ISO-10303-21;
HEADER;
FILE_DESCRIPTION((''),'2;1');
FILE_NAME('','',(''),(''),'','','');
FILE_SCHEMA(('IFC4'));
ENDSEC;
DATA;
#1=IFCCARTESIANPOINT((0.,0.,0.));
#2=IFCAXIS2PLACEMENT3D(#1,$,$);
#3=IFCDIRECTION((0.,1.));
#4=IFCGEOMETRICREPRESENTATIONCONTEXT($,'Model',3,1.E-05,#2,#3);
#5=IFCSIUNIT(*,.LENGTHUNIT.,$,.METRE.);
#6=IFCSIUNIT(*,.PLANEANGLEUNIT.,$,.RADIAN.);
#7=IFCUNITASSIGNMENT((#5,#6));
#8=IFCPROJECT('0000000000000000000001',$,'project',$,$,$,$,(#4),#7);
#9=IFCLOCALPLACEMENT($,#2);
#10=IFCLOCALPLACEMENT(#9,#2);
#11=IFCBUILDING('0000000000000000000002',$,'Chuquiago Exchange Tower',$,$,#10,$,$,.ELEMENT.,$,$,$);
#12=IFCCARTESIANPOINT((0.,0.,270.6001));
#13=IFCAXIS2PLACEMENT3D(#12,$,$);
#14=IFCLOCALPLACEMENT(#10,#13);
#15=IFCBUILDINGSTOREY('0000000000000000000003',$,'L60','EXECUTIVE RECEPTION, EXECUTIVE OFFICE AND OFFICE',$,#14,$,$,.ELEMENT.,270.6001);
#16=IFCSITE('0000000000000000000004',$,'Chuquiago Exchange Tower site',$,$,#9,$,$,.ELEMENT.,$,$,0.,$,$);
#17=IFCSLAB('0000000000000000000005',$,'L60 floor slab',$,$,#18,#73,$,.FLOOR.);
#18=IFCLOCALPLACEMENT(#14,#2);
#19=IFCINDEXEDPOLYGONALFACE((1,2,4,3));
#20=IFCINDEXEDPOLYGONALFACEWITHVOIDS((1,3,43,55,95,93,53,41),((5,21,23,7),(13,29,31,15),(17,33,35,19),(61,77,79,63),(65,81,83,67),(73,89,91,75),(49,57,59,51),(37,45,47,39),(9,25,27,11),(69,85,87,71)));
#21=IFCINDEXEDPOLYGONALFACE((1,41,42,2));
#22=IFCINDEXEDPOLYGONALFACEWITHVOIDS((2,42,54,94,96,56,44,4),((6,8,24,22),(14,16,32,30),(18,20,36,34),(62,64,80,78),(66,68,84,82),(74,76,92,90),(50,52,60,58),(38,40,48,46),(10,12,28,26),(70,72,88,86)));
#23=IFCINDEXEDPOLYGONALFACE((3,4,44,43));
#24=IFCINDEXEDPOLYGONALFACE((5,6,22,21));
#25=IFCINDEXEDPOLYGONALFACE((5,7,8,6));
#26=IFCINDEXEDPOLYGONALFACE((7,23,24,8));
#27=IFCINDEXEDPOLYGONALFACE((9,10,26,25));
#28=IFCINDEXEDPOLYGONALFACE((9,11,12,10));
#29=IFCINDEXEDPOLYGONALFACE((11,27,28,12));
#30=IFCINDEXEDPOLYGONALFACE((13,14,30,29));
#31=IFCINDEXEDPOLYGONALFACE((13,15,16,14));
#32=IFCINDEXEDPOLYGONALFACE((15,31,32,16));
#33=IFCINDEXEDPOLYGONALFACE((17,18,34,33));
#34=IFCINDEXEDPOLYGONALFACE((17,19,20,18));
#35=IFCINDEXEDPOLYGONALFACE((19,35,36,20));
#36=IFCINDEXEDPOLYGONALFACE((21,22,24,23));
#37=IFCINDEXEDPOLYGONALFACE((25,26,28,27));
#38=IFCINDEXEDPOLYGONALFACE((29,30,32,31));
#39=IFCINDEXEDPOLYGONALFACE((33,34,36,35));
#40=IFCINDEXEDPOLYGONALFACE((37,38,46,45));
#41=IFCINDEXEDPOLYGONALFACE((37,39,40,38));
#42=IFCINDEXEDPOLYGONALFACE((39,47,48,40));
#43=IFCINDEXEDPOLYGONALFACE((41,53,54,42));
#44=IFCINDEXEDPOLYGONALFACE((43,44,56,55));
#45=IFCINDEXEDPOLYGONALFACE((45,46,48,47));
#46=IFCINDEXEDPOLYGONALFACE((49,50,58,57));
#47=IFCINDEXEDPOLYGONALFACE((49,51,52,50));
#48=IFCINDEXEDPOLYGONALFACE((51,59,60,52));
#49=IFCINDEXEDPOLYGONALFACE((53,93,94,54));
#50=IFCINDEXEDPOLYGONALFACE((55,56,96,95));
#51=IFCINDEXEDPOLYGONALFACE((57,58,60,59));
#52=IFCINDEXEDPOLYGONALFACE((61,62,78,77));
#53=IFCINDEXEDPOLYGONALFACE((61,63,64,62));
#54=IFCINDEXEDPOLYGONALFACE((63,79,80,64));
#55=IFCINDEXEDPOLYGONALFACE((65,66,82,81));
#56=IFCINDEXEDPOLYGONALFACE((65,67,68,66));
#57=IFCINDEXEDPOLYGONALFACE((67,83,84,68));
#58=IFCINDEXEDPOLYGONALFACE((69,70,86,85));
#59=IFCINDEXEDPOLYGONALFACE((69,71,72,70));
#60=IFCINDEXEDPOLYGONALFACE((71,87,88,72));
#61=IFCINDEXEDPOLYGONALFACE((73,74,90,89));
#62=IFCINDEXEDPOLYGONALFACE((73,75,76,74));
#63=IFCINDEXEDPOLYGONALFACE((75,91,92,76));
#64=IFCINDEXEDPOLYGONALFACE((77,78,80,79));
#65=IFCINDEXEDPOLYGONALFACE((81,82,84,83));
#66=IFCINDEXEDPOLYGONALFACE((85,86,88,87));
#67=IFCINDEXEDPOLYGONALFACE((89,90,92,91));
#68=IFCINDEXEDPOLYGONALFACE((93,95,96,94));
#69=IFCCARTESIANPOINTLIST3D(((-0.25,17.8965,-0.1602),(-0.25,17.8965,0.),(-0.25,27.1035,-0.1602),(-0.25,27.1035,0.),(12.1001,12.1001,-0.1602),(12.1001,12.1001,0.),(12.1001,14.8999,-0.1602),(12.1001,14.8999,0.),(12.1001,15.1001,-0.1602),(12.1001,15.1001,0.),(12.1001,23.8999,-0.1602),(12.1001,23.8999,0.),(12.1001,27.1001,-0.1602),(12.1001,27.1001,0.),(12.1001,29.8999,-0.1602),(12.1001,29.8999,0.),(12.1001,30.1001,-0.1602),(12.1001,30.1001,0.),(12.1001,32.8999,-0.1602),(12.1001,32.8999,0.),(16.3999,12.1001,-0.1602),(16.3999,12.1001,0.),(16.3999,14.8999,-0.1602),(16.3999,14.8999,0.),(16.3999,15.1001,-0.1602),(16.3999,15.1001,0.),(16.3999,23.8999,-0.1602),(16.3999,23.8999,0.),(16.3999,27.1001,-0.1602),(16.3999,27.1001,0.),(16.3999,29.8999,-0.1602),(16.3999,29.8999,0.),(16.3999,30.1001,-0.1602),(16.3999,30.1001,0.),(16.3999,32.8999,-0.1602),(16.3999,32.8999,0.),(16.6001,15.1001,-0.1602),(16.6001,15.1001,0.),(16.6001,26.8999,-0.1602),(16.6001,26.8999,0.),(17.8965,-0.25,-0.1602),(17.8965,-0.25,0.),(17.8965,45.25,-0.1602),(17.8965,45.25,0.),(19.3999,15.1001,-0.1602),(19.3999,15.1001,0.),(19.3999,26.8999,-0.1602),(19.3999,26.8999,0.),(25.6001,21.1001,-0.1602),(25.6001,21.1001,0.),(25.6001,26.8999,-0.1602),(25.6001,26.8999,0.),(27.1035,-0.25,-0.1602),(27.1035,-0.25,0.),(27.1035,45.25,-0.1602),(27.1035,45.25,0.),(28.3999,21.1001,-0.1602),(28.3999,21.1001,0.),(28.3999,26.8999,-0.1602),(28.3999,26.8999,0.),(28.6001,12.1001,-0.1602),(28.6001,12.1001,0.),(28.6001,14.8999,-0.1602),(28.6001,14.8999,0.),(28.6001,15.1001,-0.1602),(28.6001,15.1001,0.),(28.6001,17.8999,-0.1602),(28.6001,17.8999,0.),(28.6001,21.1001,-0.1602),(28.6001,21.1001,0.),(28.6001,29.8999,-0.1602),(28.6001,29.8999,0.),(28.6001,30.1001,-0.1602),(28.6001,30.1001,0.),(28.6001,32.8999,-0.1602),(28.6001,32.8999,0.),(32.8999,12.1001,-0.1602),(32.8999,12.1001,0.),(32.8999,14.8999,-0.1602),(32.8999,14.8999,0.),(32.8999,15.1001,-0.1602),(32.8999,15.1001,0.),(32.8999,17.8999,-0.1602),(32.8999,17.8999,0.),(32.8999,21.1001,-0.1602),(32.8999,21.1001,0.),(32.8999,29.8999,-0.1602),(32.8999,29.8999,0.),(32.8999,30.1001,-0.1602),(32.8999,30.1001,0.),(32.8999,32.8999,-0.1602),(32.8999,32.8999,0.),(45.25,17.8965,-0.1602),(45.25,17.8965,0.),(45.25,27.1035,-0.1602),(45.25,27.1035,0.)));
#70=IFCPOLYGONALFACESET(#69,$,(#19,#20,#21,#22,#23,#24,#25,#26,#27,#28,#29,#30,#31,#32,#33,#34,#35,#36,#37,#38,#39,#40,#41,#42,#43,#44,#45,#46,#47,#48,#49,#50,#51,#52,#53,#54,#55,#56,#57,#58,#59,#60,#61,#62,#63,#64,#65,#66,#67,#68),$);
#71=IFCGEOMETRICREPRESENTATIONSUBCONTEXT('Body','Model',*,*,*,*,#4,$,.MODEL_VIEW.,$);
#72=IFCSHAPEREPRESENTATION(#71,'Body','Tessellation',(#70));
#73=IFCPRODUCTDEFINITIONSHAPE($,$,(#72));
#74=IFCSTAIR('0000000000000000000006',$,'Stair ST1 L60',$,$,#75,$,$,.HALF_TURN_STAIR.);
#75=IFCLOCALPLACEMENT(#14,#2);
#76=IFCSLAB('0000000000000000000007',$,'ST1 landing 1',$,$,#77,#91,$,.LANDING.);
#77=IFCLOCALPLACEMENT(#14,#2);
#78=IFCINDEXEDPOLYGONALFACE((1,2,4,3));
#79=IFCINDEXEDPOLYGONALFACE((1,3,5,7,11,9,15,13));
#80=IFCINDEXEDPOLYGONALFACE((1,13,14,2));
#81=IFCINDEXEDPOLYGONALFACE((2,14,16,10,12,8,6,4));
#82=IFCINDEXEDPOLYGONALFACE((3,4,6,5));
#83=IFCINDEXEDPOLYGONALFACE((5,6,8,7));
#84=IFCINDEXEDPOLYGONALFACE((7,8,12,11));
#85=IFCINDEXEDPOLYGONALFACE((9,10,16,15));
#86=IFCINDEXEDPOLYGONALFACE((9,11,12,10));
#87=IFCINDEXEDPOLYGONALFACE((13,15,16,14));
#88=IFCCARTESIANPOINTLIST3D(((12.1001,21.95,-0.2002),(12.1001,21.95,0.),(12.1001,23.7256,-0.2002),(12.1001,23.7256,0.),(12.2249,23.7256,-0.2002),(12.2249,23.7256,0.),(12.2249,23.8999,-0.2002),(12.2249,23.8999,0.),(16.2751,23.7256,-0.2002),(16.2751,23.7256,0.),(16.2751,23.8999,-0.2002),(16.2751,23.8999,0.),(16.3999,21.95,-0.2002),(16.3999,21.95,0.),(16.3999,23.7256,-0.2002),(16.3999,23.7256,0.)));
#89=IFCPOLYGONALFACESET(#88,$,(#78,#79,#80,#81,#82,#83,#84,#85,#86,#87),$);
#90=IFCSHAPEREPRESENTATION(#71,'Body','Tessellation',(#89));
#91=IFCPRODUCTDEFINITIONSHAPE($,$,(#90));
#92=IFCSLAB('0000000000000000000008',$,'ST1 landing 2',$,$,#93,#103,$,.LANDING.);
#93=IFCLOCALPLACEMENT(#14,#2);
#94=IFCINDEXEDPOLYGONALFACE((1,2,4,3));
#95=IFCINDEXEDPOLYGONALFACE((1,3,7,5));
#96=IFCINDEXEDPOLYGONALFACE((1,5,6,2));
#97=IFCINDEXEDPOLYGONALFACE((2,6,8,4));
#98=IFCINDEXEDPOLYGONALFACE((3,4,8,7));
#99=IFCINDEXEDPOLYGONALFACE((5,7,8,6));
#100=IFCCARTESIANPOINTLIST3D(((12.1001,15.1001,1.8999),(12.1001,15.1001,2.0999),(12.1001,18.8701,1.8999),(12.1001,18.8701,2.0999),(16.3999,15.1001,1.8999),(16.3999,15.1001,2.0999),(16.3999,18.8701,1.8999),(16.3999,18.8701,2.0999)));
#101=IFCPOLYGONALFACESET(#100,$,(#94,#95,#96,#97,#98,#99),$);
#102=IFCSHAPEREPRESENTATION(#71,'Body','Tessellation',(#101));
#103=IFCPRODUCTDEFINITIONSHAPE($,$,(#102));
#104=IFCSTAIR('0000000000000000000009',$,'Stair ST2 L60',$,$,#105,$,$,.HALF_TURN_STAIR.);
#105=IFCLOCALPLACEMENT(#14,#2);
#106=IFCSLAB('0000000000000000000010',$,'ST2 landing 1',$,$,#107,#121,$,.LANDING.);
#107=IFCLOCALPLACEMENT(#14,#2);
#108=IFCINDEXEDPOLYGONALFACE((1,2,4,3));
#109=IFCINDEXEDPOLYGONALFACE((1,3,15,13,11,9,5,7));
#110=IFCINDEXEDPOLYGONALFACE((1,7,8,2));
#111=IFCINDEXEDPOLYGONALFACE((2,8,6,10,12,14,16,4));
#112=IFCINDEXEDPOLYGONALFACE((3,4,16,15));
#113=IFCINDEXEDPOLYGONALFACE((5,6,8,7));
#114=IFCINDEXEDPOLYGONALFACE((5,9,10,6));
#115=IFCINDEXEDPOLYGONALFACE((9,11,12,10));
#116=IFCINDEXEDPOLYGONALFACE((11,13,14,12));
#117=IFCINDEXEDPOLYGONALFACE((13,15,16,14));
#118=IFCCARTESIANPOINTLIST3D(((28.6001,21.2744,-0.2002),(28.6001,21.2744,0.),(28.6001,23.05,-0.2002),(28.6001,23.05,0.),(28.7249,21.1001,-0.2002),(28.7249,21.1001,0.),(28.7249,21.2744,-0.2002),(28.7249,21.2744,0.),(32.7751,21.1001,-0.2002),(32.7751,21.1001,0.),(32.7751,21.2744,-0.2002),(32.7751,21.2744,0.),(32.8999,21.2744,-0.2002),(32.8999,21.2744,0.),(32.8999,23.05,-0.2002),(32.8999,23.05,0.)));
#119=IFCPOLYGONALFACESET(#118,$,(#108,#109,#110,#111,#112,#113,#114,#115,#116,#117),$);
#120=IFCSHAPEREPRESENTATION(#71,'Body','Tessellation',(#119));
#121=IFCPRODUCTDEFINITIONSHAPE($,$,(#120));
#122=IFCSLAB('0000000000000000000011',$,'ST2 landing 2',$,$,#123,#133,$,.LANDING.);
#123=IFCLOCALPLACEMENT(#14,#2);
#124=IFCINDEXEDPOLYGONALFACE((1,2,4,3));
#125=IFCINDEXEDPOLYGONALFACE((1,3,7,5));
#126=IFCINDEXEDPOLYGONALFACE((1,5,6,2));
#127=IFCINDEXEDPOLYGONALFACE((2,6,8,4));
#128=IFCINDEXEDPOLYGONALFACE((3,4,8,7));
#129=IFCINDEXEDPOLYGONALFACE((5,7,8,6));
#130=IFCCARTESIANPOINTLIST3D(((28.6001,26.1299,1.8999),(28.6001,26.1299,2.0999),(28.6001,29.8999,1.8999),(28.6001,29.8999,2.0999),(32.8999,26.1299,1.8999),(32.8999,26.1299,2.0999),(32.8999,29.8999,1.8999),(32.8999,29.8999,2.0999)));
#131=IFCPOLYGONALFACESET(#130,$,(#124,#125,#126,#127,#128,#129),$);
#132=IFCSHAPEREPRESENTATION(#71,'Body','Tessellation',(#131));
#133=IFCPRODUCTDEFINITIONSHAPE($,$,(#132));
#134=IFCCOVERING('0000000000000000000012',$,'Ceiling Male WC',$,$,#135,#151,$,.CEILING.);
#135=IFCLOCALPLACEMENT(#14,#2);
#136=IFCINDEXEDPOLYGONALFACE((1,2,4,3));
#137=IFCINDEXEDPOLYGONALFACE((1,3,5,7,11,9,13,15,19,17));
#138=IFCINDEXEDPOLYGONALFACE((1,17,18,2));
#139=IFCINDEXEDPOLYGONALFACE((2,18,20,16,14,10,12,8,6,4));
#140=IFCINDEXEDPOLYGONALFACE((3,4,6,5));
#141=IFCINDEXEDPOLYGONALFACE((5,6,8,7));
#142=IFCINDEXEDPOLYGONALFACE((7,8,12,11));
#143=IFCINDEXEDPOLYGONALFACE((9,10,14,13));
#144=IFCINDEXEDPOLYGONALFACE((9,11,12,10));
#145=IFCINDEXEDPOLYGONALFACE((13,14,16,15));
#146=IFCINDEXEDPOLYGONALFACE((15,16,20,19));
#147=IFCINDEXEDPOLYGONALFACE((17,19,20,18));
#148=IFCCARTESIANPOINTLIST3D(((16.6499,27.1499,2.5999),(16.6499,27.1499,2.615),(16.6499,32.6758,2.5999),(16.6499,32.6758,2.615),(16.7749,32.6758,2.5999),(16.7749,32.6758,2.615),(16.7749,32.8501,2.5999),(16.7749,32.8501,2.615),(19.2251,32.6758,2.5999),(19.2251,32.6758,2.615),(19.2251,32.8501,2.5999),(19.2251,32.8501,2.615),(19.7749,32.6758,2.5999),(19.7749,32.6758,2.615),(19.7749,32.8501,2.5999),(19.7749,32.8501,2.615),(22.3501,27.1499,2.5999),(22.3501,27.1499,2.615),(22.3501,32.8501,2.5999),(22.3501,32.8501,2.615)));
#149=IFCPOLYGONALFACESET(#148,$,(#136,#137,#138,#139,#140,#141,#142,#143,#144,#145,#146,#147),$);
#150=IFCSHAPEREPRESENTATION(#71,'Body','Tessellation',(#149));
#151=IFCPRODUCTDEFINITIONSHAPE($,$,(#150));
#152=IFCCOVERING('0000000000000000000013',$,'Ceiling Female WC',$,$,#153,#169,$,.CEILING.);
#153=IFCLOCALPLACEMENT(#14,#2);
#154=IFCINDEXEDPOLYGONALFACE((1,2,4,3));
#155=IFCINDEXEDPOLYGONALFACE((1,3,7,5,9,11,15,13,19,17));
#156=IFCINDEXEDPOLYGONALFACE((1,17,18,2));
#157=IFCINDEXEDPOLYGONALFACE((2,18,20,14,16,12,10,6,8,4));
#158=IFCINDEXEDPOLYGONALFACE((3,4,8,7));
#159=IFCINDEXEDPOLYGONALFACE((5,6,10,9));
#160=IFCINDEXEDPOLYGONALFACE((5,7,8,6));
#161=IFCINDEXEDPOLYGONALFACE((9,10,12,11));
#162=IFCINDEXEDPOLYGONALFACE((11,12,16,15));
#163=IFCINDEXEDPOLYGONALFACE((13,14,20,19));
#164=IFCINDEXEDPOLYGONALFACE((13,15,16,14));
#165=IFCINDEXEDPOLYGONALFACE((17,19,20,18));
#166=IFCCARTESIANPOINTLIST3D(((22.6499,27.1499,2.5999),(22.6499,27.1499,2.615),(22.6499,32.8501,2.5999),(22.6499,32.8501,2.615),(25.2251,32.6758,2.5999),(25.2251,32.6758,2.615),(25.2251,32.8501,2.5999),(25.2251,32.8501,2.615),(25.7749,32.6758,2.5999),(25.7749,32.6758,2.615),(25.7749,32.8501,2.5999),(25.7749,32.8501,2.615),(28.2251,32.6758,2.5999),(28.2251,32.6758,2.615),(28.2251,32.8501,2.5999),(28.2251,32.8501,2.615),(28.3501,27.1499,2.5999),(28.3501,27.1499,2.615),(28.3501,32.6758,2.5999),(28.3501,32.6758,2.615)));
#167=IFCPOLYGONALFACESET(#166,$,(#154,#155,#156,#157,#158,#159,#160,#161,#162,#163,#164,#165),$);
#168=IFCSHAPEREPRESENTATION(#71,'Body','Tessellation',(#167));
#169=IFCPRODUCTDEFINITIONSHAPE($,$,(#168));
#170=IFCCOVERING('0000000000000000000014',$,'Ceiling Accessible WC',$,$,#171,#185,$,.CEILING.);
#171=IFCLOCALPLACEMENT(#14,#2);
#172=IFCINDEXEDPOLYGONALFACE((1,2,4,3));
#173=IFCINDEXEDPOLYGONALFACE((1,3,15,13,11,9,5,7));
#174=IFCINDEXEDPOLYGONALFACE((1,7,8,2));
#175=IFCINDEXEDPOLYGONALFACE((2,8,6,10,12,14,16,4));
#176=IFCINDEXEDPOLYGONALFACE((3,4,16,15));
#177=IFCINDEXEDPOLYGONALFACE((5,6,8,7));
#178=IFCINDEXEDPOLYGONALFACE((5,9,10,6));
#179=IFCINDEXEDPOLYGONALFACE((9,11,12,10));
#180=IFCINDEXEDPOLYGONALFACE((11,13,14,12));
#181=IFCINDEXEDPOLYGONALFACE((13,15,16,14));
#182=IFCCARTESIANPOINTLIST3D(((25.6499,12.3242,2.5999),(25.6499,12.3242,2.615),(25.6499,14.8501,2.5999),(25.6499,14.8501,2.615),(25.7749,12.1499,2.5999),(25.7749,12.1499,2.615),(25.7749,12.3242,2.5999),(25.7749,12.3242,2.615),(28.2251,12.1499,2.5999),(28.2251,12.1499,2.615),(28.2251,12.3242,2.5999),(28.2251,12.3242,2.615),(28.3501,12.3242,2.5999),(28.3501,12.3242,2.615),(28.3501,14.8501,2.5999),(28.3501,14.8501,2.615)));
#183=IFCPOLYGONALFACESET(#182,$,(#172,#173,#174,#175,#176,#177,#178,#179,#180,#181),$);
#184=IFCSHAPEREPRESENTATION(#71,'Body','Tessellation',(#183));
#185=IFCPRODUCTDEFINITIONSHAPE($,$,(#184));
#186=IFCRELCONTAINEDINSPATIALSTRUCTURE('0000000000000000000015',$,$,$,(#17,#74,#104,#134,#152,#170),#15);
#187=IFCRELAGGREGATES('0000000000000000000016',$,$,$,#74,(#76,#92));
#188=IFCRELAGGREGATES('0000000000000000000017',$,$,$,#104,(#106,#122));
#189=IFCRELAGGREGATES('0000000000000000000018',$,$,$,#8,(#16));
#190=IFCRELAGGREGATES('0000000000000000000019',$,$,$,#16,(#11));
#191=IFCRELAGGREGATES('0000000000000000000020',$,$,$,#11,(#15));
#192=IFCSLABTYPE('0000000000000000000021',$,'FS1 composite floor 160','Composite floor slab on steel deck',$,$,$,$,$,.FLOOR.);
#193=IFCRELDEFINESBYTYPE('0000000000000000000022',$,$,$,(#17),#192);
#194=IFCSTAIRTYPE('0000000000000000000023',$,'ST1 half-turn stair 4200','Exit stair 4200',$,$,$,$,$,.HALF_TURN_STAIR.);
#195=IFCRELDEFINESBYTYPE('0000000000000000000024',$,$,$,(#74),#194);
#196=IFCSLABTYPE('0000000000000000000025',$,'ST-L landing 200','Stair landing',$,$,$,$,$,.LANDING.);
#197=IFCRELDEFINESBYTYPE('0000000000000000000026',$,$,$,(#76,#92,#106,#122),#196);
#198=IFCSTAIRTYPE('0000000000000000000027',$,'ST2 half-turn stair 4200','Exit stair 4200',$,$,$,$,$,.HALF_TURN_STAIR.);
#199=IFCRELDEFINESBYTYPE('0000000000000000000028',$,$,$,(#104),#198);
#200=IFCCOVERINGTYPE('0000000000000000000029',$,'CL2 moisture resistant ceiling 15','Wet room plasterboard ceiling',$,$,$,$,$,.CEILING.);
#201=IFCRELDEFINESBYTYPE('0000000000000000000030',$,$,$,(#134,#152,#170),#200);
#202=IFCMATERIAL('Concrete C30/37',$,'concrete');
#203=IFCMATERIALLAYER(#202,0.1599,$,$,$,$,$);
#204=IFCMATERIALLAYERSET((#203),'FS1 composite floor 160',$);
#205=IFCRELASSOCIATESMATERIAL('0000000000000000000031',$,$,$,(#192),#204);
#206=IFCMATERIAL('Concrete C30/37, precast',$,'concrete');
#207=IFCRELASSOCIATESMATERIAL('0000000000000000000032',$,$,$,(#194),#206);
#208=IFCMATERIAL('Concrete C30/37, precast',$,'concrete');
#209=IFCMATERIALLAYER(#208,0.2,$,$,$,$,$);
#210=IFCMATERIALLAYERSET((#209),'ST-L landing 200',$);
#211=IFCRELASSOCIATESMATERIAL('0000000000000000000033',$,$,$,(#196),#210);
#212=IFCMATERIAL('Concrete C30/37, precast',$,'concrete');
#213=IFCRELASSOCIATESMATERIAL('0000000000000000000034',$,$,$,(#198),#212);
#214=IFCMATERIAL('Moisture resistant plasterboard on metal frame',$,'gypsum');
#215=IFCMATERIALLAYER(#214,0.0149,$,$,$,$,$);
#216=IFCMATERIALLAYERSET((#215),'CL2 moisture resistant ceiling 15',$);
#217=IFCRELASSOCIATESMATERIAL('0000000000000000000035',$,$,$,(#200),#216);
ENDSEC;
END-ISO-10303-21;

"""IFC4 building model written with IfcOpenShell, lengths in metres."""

from ifc_helpers import new_model, si_unit, direction, frame, origin, place, context, subcontext, project, spatial, polyline, outline, extrude, material, layer, layer_set, type_object, element, aggregate, save


model = new_model("IFC4")

# Units and contexts
model_context = context("Model", 3, precision=1e-05, world=origin(), true_north=direction((0.0, 1.0)))
body_context = subcontext(model_context, "Body", "Model", "MODEL_VIEW")
ifc_project = project(units=[si_unit("LENGTHUNIT", "METRE"), si_unit("PLANEANGLEUNIT", "RADIAN")], contexts=[model_context])

# Site, building, storey
site_placement = place(None, origin())
site = spatial("IfcSite", under=ifc_project, at=site_placement, Name="Chuquiago Exchange Tower site", CompositionType="ELEMENT", RefElevation=0.0)
building_placement = place(site_placement, origin())
building = spatial("IfcBuilding", under=site, at=building_placement, Name="Chuquiago Exchange Tower", CompositionType="ELEMENT")
storey_placement = place(building_placement, frame((0.0, 0.0, 270.6001)))
storey = spatial("IfcBuildingStorey", under=building, at=storey_placement, Name="L60", Description="EXECUTIVE RECEPTION, EXECUTIVE OFFICE AND OFFICE", CompositionType="ELEMENT", Elevation=270.6001)

# Slab
ifc_material_1 = material(Name="Concrete C30/37", Category="concrete")
ifc_layer_1 = layer(ifc_material_1, 0.1599)
ifc_layer_set_1 = layer_set([ifc_layer_1], Name="FS1 composite floor 160")
slab_type_1 = type_object("IfcSlabType", Name="FS1 composite floor 160", Description="Composite floor slab on steel deck", PredefinedType="FLOOR", material=ifc_layer_set_1)
slab_1_placement = place(storey_placement, frame((0.0, 0.0, -0.1602)))
element("IfcSlab", 1, at=slab_1_placement, inside=storey, type_object=slab_type_1, Name="L60 floor slab", PredefinedType="FLOOR", context=body_context, shape_type="SweptSolid", body=[
    extrude(outline(polyline([(17.8965, -0.25), (-0.25, 17.8965), (-0.25, 27.1035), (17.8965, 45.25), (27.1035, 45.25), (45.25, 27.1035), (45.25, 17.8965), (27.1035, -0.25), (17.8965, -0.25)]), holes=[polyline([(16.3999, 15.1001), (12.1001, 15.1001), (12.1001, 23.8999), (16.3999, 23.8999), (16.3999, 15.1001)]), polyline([(32.8999, 21.1001), (28.6001, 21.1001), (28.6001, 29.8999), (32.8999, 29.8999), (32.8999, 21.1001)]), polyline([(16.3999, 12.1001), (12.1001, 12.1001), (12.1001, 14.8999), (16.3999, 14.8999), (16.3999, 12.1001)]), polyline([(16.3999, 30.1001), (12.1001, 30.1001), (12.1001, 32.8999), (16.3999, 32.8999), (16.3999, 30.1001)]), polyline([(32.8999, 12.1001), (28.6001, 12.1001), (28.6001, 14.8999), (32.8999, 14.8999), (32.8999, 12.1001)]), polyline([(32.8999, 30.1001), (28.6001, 30.1001), (28.6001, 32.8999), (32.8999, 32.8999), (32.8999, 30.1001)]), polyline([(16.3999, 27.1001), (12.1001, 27.1001), (12.1001, 29.8999), (16.3999, 29.8999), (16.3999, 27.1001)]), polyline([(32.8999, 15.1001), (28.6001, 15.1001), (28.6001, 17.8999), (32.8999, 17.8999), (32.8999, 15.1001)]), polyline([(19.3999, 15.1001), (16.6001, 15.1001), (16.6001, 26.8999), (19.3999, 26.8999), (19.3999, 15.1001)]), polyline([(28.3999, 21.1001), (25.6001, 21.1001), (25.6001, 26.8999), (28.3999, 26.8999), (28.3999, 21.1001)])]), origin(), (0.0, 0.0, 1.0), 0.1602),
])

# Stairs, slabs
ifc_material_2 = material(Name="Concrete C30/37, precast", Category="concrete")
stair_type_1 = type_object("IfcStairType", Name="ST1 half-turn stair 4200", Description="Exit stair 4200", PredefinedType="HALF_TURN_STAIR", material=ifc_material_2)
stair_1_placement = place(storey_placement, origin())
stair_1 = element("IfcStair", 2, at=stair_1_placement, inside=storey, type_object=stair_type_1, Name="Stair ST1 L60", PredefinedType="HALF_TURN_STAIR")
ifc_material_3 = material(Name="Concrete C30/37, precast", Category="concrete")
ifc_layer_2 = layer(ifc_material_3, 0.2)
ifc_layer_set_2 = layer_set([ifc_layer_2], Name="ST-L landing 200")
slab_type_2 = type_object("IfcSlabType", Name="ST-L landing 200", Description="Stair landing", PredefinedType="LANDING", material=ifc_layer_set_2)
slab_2_placement = place(storey_placement, frame((0.0, 0.0, -0.2002)))
slab_2 = element("IfcSlab", 3, at=slab_2_placement, type_object=slab_type_2, Name="ST1 landing 1", PredefinedType="LANDING", context=body_context, shape_type="SweptSolid", body=[
    extrude(outline(polyline([(12.2249, 23.8999), (16.2751, 23.8999), (16.2751, 23.7256), (16.3999, 23.7256), (16.3999, 21.95), (12.1001, 21.95), (12.1001, 23.7256), (12.2249, 23.7256), (12.2249, 23.8999)])), origin(), (0.0, 0.0, 1.0), 0.2002),
])
slab_3_placement = place(storey_placement, frame((0.0, 0.0, 1.8999)))
slab_3 = element("IfcSlab", 4, at=slab_3_placement, type_object=slab_type_2, Name="ST1 landing 2", PredefinedType="LANDING", context=body_context, shape_type="SweptSolid", body=[
    extrude(outline(polyline([(12.1001, 18.8701), (16.3999, 18.8701), (16.3999, 15.1001), (12.1001, 15.1001), (12.1001, 18.8701)])), origin(), (0.0, 0.0, 1.0), 0.2),
])
aggregate(stair_1, [slab_2, slab_3])
ifc_material_4 = material(Name="Concrete C30/37, precast", Category="concrete")
stair_type_2 = type_object("IfcStairType", Name="ST2 half-turn stair 4200", Description="Exit stair 4200", PredefinedType="HALF_TURN_STAIR", material=ifc_material_4)
stair_2_placement = place(storey_placement, origin())
stair_2 = element("IfcStair", 5, at=stair_2_placement, inside=storey, type_object=stair_type_2, Name="Stair ST2 L60", PredefinedType="HALF_TURN_STAIR")
slab_4_placement = place(storey_placement, frame((0.0, 0.0, -0.2002)))
slab_4 = element("IfcSlab", 6, at=slab_4_placement, type_object=slab_type_2, Name="ST2 landing 1", PredefinedType="LANDING", context=body_context, shape_type="SweptSolid", body=[
    extrude(outline(polyline([(32.7751, 21.2744), (32.7751, 21.1001), (28.7249, 21.1001), (28.7249, 21.2744), (28.6001, 21.2744), (28.6001, 23.05), (32.8999, 23.05), (32.8999, 21.2744), (32.7751, 21.2744)])), origin(), (0.0, 0.0, 1.0), 0.2002),
])
slab_5_placement = place(storey_placement, frame((0.0, 0.0, 1.8999)))
slab_5 = element("IfcSlab", 7, at=slab_5_placement, type_object=slab_type_2, Name="ST2 landing 2", PredefinedType="LANDING", context=body_context, shape_type="SweptSolid", body=[
    extrude(outline(polyline([(28.6001, 29.8999), (32.8999, 29.8999), (32.8999, 26.1299), (28.6001, 26.1299), (28.6001, 29.8999)])), origin(), (0.0, 0.0, 1.0), 0.2),
])
aggregate(stair_2, [slab_4, slab_5])

# Coverings
ifc_material_5 = material(Name="Moisture resistant plasterboard on metal frame", Category="gypsum")
ifc_layer_3 = layer(ifc_material_5, 0.0149)
ifc_layer_set_3 = layer_set([ifc_layer_3], Name="CL2 moisture resistant ceiling 15")
covering_type_1 = type_object("IfcCoveringType", Name="CL2 moisture resistant ceiling 15", Description="Wet room plasterboard ceiling", PredefinedType="CEILING", material=ifc_layer_set_3)
covering_1_placement = place(storey_placement, frame((0.0, 0.0, 2.5999)))
element("IfcCovering", 8, at=covering_1_placement, inside=storey, type_object=covering_type_1, Name="Ceiling Male WC", PredefinedType="CEILING", context=body_context, shape_type="SweptSolid", body=[
    extrude(outline(polyline([(16.6499, 27.1499), (16.6499, 32.6758), (16.7749, 32.6758), (16.7749, 32.8501), (19.2251, 32.8501), (19.2251, 32.6758), (19.7749, 32.6758), (19.7749, 32.8501), (22.3501, 32.8501), (22.3501, 27.1499), (16.6499, 27.1499)])), origin(), (0.0, 0.0, 1.0), 0.0151),
])
covering_2_placement = place(storey_placement, frame((0.0, 0.0, 2.5999)))
element("IfcCovering", 9, at=covering_2_placement, inside=storey, type_object=covering_type_1, Name="Ceiling Female WC", PredefinedType="CEILING", context=body_context, shape_type="SweptSolid", body=[
    extrude(outline(polyline([(22.6499, 27.1499), (22.6499, 32.8501), (25.2251, 32.8501), (25.2251, 32.6758), (25.7749, 32.6758), (25.7749, 32.8501), (28.2251, 32.8501), (28.2251, 32.6758), (28.3501, 32.6758), (28.3501, 27.1499), (22.6499, 27.1499)])), origin(), (0.0, 0.0, 1.0), 0.0151),
])
covering_3_placement = place(storey_placement, frame((0.0, 0.0, 2.5999)))
element("IfcCovering", 10, at=covering_3_placement, inside=storey, type_object=covering_type_1, Name="Ceiling Accessible WC", PredefinedType="CEILING", context=body_context, shape_type="SweptSolid", body=[
    extrude(outline(polyline([(25.7749, 12.1499), (25.7749, 12.3242), (25.6499, 12.3242), (25.6499, 14.8501), (28.3501, 14.8501), (28.3501, 12.3242), (28.2251, 12.3242), (28.2251, 12.1499), (25.7749, 12.1499)])), origin(), (0.0, 0.0, 1.0), 0.0151),
])

save(model, "model.ifc")
